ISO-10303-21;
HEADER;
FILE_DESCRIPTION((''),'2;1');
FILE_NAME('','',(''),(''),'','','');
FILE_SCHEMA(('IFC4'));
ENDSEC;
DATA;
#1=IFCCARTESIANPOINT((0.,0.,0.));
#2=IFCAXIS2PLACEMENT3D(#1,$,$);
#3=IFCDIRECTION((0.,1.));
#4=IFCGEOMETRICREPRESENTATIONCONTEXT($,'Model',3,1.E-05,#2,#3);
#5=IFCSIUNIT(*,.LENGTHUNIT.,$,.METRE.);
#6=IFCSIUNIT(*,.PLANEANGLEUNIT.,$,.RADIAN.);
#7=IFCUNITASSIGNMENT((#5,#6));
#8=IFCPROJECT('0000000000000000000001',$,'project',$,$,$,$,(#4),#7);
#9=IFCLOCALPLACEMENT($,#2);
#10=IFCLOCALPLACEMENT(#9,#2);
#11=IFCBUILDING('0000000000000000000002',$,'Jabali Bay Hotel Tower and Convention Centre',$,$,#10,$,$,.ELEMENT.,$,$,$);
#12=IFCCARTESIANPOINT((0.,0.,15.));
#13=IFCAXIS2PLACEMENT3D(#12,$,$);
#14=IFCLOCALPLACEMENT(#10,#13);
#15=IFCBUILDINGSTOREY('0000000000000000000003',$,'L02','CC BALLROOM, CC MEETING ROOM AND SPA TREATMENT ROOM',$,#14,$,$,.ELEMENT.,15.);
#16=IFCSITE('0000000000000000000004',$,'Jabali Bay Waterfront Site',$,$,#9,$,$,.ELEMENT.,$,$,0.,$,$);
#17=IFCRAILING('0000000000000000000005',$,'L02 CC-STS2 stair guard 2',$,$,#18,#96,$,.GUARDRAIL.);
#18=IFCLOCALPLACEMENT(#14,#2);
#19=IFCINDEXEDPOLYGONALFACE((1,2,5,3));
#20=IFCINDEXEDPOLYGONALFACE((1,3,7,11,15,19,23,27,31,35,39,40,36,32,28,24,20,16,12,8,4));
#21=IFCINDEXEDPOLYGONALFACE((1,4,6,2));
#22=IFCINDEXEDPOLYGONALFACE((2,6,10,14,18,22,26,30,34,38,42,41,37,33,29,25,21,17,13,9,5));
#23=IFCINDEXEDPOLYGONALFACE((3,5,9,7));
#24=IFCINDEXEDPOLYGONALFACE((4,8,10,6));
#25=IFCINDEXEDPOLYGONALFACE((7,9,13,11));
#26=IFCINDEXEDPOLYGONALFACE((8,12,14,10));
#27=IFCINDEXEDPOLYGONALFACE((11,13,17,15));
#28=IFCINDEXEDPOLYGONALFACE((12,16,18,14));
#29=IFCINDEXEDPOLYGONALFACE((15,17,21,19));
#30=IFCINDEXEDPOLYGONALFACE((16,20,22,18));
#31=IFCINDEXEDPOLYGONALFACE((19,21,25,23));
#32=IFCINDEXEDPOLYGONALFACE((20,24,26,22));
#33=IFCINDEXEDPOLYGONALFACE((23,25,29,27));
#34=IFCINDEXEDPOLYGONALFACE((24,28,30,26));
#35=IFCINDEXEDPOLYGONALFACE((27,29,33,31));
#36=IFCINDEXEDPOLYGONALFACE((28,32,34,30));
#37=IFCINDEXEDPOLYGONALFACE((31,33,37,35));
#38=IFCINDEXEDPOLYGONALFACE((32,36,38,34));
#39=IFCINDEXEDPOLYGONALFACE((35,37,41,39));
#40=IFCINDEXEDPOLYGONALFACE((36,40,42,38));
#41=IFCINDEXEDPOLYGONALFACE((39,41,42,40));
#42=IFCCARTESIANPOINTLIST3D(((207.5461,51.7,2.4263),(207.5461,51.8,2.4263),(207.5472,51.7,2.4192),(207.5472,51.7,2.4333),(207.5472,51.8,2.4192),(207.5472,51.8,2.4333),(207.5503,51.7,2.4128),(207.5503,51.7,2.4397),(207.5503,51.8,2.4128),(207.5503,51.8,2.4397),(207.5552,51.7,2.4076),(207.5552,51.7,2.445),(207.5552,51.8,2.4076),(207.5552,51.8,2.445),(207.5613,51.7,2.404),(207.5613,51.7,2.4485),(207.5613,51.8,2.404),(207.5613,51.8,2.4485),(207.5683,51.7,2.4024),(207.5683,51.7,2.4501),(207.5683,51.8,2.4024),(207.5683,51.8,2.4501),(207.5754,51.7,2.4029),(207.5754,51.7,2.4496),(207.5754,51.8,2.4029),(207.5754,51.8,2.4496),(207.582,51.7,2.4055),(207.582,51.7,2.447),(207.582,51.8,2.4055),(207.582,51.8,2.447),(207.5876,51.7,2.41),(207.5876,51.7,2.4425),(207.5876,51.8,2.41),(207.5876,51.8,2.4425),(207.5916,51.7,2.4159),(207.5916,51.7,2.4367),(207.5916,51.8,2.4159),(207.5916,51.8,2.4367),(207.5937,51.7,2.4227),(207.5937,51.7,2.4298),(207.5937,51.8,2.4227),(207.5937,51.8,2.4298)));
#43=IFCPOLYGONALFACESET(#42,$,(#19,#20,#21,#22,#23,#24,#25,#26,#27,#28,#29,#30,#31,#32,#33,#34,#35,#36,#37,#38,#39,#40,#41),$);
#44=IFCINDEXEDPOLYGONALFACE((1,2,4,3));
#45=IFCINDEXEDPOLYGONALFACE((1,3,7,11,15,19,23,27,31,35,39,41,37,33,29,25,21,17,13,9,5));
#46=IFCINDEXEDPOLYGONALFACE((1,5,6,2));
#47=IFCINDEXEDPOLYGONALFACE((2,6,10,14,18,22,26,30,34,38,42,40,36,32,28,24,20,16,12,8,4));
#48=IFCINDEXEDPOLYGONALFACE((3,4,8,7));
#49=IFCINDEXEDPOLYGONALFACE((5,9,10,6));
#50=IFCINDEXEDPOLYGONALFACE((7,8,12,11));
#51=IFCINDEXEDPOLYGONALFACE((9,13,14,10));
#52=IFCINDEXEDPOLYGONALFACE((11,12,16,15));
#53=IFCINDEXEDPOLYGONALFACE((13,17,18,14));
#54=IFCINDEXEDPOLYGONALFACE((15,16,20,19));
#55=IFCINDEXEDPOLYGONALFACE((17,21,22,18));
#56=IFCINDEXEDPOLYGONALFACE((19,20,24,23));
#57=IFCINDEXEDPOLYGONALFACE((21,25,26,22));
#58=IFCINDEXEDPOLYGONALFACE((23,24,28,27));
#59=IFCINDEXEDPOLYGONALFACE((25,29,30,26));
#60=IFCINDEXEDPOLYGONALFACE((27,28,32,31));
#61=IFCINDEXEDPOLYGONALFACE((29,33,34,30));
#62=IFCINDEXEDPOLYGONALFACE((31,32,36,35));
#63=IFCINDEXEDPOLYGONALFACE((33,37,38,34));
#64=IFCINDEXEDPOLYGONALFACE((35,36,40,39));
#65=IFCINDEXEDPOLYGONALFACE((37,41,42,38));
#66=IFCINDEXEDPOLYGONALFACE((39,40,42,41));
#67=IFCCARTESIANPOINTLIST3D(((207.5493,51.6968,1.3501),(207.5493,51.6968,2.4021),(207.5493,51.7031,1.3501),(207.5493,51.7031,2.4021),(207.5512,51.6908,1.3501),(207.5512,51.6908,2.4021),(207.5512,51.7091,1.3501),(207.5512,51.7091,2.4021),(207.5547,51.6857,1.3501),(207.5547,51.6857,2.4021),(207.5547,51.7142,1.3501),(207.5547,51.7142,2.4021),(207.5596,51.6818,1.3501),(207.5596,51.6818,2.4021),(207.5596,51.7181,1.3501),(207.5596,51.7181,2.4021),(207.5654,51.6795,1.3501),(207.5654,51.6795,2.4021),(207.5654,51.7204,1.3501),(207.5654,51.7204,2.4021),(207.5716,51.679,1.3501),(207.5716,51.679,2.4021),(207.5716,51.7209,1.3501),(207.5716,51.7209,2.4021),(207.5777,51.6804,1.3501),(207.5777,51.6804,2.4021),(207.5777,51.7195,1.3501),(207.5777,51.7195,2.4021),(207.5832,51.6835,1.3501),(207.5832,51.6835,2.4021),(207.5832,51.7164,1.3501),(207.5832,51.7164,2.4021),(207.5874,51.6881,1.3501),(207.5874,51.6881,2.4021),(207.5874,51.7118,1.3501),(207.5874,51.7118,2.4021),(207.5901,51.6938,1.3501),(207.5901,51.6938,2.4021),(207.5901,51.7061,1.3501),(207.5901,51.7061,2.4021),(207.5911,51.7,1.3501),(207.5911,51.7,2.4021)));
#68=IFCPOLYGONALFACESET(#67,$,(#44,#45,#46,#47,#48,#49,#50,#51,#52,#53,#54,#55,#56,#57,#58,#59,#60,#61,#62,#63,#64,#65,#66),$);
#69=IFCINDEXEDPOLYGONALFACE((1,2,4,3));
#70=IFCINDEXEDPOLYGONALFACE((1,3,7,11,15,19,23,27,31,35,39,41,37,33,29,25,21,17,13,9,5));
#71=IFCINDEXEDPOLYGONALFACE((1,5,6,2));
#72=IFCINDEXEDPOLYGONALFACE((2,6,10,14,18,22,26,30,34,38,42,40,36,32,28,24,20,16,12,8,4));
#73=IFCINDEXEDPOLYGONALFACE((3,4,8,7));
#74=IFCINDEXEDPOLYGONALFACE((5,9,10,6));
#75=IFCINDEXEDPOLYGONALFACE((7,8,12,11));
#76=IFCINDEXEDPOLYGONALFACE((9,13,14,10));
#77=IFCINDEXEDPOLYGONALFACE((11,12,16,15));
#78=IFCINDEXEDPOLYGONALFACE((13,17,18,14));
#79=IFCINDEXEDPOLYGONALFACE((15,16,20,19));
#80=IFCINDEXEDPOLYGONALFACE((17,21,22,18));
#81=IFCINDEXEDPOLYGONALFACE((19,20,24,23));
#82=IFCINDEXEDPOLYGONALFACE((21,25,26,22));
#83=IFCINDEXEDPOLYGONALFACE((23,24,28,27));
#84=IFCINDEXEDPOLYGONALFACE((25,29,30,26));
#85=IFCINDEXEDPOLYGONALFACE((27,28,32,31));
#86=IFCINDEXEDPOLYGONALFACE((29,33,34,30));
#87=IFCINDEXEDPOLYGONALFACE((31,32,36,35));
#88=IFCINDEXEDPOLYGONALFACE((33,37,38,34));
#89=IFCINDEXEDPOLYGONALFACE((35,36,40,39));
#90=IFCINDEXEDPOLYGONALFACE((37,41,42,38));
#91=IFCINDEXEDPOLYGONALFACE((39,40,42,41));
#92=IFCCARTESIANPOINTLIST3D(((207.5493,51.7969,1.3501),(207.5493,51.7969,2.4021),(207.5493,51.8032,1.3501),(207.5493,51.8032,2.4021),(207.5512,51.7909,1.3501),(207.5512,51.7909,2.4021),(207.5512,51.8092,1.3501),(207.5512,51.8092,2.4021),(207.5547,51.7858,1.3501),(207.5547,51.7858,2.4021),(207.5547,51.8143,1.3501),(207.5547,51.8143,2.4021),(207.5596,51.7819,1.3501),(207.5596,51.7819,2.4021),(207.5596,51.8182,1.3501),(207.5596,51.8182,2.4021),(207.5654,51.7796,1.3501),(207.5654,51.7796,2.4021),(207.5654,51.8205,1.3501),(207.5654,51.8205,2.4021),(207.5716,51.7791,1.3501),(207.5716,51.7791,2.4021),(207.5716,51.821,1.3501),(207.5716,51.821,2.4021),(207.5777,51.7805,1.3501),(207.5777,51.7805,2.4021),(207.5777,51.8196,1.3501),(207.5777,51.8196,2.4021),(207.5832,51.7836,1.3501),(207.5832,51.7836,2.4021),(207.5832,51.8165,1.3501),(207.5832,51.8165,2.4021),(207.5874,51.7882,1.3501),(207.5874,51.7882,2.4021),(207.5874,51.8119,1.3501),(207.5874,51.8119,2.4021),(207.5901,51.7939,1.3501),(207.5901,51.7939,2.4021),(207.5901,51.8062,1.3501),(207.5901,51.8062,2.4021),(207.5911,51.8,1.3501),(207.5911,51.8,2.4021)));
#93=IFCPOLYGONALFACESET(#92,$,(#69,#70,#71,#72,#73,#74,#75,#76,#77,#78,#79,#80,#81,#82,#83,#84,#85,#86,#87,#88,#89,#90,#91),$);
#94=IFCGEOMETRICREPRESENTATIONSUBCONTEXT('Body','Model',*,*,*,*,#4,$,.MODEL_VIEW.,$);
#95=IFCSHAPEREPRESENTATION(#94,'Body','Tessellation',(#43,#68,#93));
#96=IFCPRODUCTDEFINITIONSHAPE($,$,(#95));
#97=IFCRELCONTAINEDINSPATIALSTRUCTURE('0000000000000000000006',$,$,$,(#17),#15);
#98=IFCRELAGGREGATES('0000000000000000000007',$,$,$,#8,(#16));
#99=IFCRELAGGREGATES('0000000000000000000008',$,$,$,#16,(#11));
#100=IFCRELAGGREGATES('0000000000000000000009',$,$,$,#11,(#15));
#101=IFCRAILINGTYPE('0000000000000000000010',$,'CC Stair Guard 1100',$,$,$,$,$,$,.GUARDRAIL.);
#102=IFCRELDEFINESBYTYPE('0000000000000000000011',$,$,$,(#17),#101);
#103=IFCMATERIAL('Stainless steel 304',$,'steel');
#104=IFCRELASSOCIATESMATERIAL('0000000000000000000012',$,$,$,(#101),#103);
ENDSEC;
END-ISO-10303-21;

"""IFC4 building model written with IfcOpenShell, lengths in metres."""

from ifc_helpers import new_model, si_unit, direction, frame, origin, origin_2d, place, context, subcontext, project, spatial, circle, extrude, material, type_object, element, save


model = new_model("IFC4")

# Units and contexts
model_context = context("Model", 3, precision=1e-05, world=origin(), true_north=direction((0.0, 1.0)))
body_context = subcontext(model_context, "Body", "Model", "MODEL_VIEW")
ifc_project = project(units=[si_unit("LENGTHUNIT", "METRE"), si_unit("PLANEANGLEUNIT", "RADIAN")], contexts=[model_context])

# Site, building, storey
site_placement = place(None, origin())
site = spatial("IfcSite", under=ifc_project, at=site_placement, Name="Jabali Bay Waterfront Site", CompositionType="ELEMENT", RefElevation=0.0)
building_placement = place(site_placement, origin())
building = spatial("IfcBuilding", under=site, at=building_placement, Name="Jabali Bay Hotel Tower and Convention Centre", CompositionType="ELEMENT")
storey_placement = place(building_placement, frame((0.0, 0.0, 15.0)))
storey = spatial("IfcBuildingStorey", under=building, at=storey_placement, Name="L02", Description="CC BALLROOM, CC MEETING ROOM AND SPA TREATMENT ROOM", CompositionType="ELEMENT", Elevation=15.0)

# Railing
ifc_material_1 = material(Name="Stainless steel 304", Category="steel")
railing_type_1 = type_object("IfcRailingType", Name="CC Stair Guard 1100", PredefinedType="GUARDRAIL", material=ifc_material_1)
railing_1_placement = place(storey_placement, frame((207.5701, 51.7, 1.3501)))
element("IfcRailing", 1, at=railing_1_placement, inside=storey, type_object=railing_type_1, Name="L02 CC-STS2 stair guard 2", PredefinedType="GUARDRAIL", context=body_context, shape_type="SweptSolid", body=[
    extrude(circle(Radius=0.0239, at=origin_2d()), frame((0.0, 0.0, 1.0762), z_axis=(0.0, 1.0, 0.0), x_axis=(-1.0, 0.0, 0.0)), (0.0, 0.0, 1.0), 0.1001),
    extrude(circle(Radius=0.021, at=origin_2d()), origin(), (0.0, 0.0, 1.0), 1.052),
    extrude(circle(Radius=0.021, at=origin_2d()), frame((0.0, 0.1001, 0.0)), (0.0, 0.0, 1.0), 1.052),
])

save(model, "model.ifc")
